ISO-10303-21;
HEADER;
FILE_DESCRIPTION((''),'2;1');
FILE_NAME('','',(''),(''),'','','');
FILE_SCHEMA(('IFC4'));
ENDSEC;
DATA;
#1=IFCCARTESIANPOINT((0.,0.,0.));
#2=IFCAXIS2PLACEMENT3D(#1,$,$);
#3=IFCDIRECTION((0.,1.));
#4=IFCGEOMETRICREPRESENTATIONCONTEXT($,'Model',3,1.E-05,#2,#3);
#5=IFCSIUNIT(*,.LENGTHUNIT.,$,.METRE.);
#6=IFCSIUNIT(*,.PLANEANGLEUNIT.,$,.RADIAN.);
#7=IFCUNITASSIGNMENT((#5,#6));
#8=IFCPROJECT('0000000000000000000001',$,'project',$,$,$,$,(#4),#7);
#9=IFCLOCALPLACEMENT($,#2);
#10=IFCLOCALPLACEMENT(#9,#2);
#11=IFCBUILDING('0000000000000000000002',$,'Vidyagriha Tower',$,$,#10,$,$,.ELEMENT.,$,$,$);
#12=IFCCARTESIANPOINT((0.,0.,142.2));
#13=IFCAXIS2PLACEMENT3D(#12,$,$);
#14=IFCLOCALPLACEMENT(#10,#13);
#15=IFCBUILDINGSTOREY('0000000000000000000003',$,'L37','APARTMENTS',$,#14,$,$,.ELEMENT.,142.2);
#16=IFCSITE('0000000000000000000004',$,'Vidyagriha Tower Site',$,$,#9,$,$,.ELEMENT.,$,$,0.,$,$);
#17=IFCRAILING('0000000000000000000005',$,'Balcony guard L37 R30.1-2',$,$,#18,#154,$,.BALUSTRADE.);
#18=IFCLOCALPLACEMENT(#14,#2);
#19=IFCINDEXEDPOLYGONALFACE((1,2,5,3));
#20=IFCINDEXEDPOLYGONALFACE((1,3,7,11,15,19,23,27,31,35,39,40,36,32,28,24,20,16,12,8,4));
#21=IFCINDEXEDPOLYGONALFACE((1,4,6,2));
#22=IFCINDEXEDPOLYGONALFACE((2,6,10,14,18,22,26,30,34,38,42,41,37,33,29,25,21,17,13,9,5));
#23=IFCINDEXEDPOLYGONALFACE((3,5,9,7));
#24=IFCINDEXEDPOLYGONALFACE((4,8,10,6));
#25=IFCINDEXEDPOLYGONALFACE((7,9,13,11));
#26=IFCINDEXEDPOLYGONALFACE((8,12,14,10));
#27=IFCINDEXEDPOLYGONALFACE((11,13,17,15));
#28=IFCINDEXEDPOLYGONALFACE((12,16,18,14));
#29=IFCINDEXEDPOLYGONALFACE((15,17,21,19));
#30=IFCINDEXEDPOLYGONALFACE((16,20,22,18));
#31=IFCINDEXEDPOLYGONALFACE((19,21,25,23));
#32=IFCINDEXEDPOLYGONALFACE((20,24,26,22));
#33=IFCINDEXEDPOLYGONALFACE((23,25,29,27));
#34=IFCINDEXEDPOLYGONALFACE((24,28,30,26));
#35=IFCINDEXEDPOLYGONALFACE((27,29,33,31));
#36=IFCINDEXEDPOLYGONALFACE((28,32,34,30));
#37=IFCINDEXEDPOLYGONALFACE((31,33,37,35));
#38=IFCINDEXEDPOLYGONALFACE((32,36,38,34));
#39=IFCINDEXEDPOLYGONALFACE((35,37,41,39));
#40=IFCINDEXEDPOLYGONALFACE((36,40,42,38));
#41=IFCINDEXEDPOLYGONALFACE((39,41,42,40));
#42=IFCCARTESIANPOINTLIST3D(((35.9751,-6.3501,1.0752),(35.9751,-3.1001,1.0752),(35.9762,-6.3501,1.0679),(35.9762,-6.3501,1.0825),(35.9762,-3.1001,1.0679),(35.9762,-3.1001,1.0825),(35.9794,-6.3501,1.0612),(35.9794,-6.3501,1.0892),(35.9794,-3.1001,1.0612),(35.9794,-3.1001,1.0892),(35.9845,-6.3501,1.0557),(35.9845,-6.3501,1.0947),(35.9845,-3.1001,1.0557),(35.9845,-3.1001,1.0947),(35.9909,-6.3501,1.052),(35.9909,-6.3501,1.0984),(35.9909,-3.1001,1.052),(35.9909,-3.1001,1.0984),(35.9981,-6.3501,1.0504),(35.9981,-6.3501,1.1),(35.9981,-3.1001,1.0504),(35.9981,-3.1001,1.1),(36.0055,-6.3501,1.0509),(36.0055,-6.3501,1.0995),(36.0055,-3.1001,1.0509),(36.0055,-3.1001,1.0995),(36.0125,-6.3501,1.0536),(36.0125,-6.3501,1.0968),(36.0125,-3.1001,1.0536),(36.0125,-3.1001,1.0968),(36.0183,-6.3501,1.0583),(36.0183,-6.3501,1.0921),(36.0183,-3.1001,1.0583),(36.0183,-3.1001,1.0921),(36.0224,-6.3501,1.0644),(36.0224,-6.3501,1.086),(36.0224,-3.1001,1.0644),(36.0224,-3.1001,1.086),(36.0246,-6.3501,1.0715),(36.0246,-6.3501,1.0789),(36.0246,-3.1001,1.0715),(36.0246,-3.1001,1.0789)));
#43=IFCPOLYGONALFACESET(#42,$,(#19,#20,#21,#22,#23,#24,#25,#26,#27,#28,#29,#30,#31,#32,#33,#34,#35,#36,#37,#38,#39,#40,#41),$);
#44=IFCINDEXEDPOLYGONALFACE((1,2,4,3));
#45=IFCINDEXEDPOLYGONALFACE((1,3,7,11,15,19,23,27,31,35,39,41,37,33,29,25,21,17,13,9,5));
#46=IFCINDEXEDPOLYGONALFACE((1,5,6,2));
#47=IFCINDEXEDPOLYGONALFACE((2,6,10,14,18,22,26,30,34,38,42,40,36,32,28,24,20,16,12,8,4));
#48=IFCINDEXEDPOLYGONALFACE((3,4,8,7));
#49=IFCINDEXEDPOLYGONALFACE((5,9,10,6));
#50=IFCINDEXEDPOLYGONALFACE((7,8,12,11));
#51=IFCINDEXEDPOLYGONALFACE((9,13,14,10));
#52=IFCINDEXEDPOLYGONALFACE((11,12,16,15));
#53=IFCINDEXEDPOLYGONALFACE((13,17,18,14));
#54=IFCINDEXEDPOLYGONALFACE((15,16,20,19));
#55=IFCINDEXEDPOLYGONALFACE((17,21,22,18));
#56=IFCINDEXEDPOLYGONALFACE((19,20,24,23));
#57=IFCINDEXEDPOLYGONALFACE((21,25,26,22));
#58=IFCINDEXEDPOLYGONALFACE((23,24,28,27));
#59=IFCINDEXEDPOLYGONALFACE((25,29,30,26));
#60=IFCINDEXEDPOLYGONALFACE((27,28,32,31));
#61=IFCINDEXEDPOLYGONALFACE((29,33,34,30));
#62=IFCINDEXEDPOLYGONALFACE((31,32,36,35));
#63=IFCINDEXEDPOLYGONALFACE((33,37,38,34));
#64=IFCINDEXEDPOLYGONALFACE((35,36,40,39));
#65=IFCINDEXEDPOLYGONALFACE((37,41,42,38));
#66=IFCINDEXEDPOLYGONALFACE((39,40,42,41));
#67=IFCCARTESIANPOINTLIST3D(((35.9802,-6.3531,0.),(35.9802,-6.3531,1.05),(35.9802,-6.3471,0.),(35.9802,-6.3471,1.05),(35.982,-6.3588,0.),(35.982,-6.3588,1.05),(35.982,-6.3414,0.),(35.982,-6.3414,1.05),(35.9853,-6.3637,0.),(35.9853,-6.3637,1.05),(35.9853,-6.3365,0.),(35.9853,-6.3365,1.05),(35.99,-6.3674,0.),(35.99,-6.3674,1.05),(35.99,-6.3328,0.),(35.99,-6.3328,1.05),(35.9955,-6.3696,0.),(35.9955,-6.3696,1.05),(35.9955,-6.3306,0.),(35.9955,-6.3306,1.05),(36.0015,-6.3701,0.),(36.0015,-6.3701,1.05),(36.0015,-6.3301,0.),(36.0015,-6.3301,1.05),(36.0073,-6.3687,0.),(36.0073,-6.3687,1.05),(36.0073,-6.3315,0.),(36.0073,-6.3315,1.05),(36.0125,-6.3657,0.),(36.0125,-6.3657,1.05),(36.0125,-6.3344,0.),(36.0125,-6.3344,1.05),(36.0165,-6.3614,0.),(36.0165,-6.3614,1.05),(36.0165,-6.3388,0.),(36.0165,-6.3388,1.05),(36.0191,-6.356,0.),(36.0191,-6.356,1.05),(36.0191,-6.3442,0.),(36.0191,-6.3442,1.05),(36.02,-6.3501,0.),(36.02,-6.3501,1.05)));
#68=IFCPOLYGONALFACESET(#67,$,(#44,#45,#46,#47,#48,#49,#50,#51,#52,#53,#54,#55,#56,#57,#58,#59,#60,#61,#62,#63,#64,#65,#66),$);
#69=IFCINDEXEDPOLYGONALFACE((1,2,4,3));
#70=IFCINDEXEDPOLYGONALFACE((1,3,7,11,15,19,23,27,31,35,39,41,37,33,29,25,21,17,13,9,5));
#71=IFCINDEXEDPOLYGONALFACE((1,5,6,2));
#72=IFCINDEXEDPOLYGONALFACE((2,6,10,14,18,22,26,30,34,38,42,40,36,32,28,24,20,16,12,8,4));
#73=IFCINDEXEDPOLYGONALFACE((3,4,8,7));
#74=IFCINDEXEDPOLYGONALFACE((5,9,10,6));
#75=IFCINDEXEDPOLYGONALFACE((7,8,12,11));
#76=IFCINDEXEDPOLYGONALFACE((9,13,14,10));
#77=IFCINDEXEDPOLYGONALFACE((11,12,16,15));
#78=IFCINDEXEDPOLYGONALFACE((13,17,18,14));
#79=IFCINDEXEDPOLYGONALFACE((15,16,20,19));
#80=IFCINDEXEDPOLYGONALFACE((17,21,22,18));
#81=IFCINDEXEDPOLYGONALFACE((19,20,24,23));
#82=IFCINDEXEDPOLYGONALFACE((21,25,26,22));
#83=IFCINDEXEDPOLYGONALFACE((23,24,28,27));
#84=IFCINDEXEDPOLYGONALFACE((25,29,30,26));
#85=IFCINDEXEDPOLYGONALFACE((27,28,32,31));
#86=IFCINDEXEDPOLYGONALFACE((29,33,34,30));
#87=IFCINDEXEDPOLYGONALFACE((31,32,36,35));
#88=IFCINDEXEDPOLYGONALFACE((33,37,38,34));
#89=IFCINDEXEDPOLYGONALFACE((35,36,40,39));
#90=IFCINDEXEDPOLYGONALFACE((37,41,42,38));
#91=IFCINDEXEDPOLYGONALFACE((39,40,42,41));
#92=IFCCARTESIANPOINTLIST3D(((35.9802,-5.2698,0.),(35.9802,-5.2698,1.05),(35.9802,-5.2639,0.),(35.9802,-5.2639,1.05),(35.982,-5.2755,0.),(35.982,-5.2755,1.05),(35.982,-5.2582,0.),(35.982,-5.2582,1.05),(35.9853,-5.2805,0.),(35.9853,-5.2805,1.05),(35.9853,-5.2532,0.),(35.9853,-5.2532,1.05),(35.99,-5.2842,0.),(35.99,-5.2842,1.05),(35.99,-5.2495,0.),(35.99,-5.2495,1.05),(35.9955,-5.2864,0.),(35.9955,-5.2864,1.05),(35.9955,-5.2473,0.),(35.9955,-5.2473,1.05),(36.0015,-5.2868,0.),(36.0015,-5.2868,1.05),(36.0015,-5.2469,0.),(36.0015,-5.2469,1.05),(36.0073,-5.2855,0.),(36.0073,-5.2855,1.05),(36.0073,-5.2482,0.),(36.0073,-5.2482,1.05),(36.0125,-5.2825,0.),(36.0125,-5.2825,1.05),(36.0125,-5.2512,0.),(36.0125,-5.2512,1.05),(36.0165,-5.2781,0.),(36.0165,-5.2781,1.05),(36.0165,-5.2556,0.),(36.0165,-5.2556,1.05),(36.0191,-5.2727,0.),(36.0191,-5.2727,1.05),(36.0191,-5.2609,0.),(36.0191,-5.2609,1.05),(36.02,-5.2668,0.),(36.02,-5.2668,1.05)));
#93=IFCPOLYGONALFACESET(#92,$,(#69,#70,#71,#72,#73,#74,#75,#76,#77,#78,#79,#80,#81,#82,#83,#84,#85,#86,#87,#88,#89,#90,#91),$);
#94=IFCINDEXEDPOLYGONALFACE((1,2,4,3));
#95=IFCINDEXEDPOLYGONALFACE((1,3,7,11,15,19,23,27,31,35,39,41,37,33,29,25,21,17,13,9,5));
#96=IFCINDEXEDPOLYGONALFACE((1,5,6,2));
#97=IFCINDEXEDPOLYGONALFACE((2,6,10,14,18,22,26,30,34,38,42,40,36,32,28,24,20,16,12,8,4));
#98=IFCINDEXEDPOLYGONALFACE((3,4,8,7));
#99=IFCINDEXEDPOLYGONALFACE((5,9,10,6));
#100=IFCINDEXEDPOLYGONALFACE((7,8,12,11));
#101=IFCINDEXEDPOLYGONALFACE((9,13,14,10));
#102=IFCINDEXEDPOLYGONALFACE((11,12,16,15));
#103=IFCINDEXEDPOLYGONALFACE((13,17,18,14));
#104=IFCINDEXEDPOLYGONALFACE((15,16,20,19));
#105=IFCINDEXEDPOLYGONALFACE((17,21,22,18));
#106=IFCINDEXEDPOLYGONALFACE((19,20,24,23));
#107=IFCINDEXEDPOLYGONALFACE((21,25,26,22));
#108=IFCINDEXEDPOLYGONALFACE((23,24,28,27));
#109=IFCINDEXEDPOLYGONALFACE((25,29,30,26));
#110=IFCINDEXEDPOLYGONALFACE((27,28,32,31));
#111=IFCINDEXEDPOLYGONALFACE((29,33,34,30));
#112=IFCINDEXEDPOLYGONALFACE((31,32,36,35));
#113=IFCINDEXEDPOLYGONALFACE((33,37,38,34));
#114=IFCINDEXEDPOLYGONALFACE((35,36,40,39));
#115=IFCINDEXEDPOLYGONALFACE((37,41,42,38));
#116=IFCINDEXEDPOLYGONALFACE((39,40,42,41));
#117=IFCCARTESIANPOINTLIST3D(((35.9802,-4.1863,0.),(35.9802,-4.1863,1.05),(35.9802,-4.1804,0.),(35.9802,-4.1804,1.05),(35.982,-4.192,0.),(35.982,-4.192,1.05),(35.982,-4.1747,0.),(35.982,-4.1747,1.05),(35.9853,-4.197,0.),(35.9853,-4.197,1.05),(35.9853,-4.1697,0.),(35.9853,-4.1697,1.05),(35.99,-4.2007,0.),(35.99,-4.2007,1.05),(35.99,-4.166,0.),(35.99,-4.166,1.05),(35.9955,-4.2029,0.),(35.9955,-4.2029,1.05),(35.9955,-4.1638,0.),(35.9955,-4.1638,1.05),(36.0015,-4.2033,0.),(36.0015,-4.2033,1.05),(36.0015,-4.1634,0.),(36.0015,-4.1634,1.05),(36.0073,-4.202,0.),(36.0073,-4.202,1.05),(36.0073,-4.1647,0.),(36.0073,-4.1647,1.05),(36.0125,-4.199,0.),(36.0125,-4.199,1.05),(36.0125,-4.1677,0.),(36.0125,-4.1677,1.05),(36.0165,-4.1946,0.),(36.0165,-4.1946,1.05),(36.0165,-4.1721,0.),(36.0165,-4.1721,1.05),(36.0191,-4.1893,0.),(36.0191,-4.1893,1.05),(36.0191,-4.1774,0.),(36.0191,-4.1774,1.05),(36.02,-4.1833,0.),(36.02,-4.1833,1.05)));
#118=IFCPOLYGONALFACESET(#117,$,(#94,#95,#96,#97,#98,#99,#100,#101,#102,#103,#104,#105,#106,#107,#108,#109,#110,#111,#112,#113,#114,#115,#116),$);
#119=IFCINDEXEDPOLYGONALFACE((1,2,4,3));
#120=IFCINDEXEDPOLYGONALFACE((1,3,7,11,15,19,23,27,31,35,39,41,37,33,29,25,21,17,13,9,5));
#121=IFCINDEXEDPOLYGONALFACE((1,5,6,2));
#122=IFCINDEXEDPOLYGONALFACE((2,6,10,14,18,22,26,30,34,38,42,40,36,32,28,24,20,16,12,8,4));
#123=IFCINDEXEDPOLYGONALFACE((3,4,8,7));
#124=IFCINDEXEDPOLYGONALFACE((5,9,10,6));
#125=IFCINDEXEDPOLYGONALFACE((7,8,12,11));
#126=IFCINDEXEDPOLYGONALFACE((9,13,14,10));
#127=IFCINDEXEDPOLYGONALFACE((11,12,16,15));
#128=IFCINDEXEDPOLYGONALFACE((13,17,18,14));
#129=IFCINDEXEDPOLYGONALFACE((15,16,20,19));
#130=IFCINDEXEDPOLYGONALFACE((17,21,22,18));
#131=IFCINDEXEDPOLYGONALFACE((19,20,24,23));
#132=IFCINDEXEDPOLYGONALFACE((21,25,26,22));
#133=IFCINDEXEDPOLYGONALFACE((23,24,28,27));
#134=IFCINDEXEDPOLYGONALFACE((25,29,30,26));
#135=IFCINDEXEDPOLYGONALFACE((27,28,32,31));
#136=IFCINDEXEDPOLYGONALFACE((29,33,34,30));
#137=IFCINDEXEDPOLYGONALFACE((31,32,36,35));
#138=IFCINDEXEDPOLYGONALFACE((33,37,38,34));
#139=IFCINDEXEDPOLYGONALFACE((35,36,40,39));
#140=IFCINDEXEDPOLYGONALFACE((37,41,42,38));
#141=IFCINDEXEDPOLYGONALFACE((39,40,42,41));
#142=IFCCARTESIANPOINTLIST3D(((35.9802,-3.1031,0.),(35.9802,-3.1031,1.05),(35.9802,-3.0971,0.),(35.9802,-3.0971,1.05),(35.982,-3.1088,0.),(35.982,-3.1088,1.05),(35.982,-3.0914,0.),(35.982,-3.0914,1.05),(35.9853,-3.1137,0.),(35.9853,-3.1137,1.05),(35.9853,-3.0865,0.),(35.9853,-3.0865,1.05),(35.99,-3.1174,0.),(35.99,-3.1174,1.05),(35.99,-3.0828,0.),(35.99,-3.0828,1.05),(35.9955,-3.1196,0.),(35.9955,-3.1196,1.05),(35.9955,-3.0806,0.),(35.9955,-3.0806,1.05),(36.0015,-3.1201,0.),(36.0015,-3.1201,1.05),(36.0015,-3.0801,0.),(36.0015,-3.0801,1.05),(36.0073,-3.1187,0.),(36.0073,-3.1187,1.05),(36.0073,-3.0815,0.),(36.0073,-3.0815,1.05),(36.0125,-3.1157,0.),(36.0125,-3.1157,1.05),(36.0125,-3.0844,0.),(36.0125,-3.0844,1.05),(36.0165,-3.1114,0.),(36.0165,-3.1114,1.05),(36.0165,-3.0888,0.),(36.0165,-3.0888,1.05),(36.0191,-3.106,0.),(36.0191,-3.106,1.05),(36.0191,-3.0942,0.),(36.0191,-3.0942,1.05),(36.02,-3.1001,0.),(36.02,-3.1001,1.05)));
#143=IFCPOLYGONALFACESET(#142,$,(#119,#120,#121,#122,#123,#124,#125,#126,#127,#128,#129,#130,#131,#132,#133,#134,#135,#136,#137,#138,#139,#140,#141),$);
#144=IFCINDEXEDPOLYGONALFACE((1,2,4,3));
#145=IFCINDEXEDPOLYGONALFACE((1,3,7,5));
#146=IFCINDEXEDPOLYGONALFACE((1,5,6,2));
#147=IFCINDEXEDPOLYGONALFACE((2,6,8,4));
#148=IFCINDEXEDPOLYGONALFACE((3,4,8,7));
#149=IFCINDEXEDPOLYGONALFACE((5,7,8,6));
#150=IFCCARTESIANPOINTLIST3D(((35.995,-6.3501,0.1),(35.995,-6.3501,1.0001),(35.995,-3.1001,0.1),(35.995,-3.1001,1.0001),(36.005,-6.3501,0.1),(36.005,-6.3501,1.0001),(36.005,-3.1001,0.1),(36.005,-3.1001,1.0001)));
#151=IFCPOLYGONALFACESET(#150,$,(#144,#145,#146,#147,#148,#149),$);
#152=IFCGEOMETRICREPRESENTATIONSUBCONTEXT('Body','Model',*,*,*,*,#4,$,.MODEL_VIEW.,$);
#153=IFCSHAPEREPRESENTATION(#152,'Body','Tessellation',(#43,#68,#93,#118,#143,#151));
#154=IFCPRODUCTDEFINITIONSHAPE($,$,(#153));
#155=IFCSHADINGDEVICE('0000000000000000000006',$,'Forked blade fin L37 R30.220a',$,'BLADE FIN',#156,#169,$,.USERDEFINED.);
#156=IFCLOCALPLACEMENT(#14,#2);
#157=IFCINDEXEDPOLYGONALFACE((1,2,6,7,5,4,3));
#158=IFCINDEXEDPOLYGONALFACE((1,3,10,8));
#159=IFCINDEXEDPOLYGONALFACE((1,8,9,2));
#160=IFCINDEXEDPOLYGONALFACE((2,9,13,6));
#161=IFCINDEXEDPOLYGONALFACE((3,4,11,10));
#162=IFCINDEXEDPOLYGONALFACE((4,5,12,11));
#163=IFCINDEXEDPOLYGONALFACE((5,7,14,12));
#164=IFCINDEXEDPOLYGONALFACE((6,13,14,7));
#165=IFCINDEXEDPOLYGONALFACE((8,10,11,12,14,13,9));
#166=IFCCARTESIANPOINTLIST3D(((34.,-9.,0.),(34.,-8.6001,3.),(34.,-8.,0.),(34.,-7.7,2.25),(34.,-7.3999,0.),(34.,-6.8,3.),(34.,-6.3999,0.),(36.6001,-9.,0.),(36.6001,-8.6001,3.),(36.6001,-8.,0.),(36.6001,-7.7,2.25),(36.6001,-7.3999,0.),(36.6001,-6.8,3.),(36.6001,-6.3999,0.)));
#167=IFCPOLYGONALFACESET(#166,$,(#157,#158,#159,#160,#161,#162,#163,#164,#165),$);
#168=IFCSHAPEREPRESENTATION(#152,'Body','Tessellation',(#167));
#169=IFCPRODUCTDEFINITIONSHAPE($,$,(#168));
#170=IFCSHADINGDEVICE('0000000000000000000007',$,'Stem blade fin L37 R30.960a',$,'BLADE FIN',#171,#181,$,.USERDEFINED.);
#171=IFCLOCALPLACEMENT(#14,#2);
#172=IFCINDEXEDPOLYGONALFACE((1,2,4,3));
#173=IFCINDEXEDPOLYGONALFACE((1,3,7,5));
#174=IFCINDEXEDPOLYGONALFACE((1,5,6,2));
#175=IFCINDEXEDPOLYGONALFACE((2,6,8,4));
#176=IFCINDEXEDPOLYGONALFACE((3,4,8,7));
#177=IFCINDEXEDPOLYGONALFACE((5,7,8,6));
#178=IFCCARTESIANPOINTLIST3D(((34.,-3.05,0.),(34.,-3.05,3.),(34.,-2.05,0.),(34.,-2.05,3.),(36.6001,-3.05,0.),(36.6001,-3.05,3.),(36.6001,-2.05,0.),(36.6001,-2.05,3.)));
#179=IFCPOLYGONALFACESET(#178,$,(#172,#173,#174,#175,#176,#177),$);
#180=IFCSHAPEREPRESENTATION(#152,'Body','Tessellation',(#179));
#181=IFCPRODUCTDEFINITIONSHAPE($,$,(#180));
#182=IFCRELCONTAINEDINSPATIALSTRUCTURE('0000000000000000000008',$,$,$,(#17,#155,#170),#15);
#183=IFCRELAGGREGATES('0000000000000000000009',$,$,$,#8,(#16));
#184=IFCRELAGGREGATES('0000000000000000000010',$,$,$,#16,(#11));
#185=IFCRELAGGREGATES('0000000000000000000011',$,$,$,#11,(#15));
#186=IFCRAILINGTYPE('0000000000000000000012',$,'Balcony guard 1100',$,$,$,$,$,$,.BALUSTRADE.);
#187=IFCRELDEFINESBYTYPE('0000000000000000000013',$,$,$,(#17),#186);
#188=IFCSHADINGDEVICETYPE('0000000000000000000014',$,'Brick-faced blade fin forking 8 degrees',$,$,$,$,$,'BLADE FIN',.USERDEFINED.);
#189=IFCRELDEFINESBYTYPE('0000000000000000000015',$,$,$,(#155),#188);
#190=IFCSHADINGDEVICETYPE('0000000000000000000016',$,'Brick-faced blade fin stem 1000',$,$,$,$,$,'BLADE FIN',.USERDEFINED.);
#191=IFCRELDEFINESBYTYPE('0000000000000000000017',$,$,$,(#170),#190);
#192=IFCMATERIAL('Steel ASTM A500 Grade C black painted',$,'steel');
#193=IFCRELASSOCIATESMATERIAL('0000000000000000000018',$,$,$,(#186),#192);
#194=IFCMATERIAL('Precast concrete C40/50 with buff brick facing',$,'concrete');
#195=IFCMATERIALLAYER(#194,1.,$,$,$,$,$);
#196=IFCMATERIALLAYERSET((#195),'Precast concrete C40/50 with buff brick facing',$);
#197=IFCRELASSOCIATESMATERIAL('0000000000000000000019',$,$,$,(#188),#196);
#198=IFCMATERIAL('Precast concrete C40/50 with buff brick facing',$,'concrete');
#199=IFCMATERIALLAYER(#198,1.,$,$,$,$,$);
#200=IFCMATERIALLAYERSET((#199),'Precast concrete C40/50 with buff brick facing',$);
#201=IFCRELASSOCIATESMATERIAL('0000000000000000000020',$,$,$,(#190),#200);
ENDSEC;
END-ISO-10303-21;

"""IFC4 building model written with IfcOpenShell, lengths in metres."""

from ifc_helpers import new_model, si_unit, direction, frame, origin, origin_2d, place, context, subcontext, project, spatial, polyline, rectangle, circle, outline, extrude, material, layer, layer_set, type_object, element, save


model = new_model("IFC4")

# Units and contexts
model_context = context("Model", 3, precision=1e-05, world=origin(), true_north=direction((0.0, 1.0)))
body_context = subcontext(model_context, "Body", "Model", "MODEL_VIEW")
ifc_project = project(units=[si_unit("LENGTHUNIT", "METRE"), si_unit("PLANEANGLEUNIT", "RADIAN")], contexts=[model_context])

# Site, building, storey
site_placement = place(None, origin())
site = spatial("IfcSite", under=ifc_project, at=site_placement, Name="Vidyagriha Tower Site", CompositionType="ELEMENT", RefElevation=0.0)
building_placement = place(site_placement, origin())
building = spatial("IfcBuilding", under=site, at=building_placement, Name="Vidyagriha Tower", CompositionType="ELEMENT")
storey_placement = place(building_placement, frame((0.0, 0.0, 142.2)))
storey = spatial("IfcBuildingStorey", under=building, at=storey_placement, Name="L37", Description="APARTMENTS", CompositionType="ELEMENT", Elevation=142.2)

# Railing
ifc_material_1 = material(Name="Steel ASTM A500 Grade C black painted", Category="steel")
railing_type = type_object("IfcRailingType", Name="Balcony guard 1100", PredefinedType="BALUSTRADE", material=ifc_material_1)
railing_1_placement = place(storey_placement, frame((36.0, -6.3501, 0.0)))
element("IfcRailing", 1, at=railing_1_placement, inside=storey, type_object=railing_type, Name="Balcony guard L37 R30.1-2", PredefinedType="BALUSTRADE", context=body_context, shape_type="SweptSolid", body=[
    extrude(circle(Radius=0.0249, at=origin_2d()), frame((0.0, 0.0, 1.0752), z_axis=(0.0, 1.0, 0.0), x_axis=(-1.0, 0.0, 0.0)), (0.0, 0.0, 1.0), 3.25),
    extrude(circle(Radius=0.02, at=origin_2d()), origin(), (0.0, 0.0, 1.0), 1.05),
    extrude(circle(Radius=0.02, at=origin_2d()), frame((0.0, 1.0833, 0.0)), (0.0, 0.0, 1.0), 1.05),
    extrude(circle(Radius=0.02, at=origin_2d()), frame((0.0, 2.1667, 0.0)), (0.0, 0.0, 1.0), 1.05),
    extrude(circle(Radius=0.02, at=origin_2d()), frame((0.0, 3.25, 0.0)), (0.0, 0.0, 1.0), 1.05),
    extrude(rectangle(XDim=0.01, YDim=0.9001, at=origin_2d()), frame((0.0, 0.0, 0.55), z_axis=(0.0, 1.0, 0.0), x_axis=(-1.0, 0.0, 0.0)), (0.0, 0.0, 1.0), 3.25),
])

# Shading devices
ifc_material_2 = material(Name="Precast concrete C40/50 with buff brick facing", Category="concrete")
ifc_layer_1 = layer(ifc_material_2, 1.0)
ifc_layer_set_1 = layer_set([ifc_layer_1], Name="Precast concrete C40/50 with buff brick facing")
shading_device_type_1 = type_object("IfcShadingDeviceType", Name="Brick-faced blade fin forking 8 degrees", ElementType="BLADE FIN", PredefinedType="USERDEFINED", material=ifc_layer_set_1)
shading_device_1_placement = place(storey_placement, frame((35.3, -9.0, 0.0), z_axis=(0.0, 0.0, 1.0), x_axis=(0.0, 1.0, 0.0)))
element("IfcShadingDevice", 2, at=shading_device_1_placement, inside=storey, type_object=shading_device_type_1, Name="Forked blade fin L37 R30.220a", ObjectType="BLADE FIN", PredefinedType="USERDEFINED", context=body_context, shape_type="SweptSolid", body=[
    extrude(outline(polyline([(1.0, 0.0), (1.3, 2.25), (1.6001, 0.0), (2.6001, 0.0), (2.2, 3.0), (0.3999, 3.0), (0.0, 0.0), (1.0, 0.0)])), frame((0.0, 1.3, 0.0), z_axis=(0.0, -1.0, 0.0), x_axis=(1.0, 0.0, 0.0)), (0.0, 0.0, 1.0), 2.6001),
])
ifc_material_3 = material(Name="Precast concrete C40/50 with buff brick facing", Category="concrete")
ifc_layer_2 = layer(ifc_material_3, 1.0)
ifc_layer_set_2 = layer_set([ifc_layer_2], Name="Precast concrete C40/50 with buff brick facing")
shading_device_type_2 = type_object("IfcShadingDeviceType", Name="Brick-faced blade fin stem 1000", ElementType="BLADE FIN", PredefinedType="USERDEFINED", material=ifc_layer_set_2)
shading_device_2_placement = place(storey_placement, frame((35.3, -3.05, 0.0), z_axis=(0.0, 0.0, 1.0), x_axis=(0.0, 1.0, 0.0)))
element("IfcShadingDevice", 3, at=shading_device_2_placement, inside=storey, type_object=shading_device_type_2, Name="Stem blade fin L37 R30.960a", ObjectType="BLADE FIN", PredefinedType="USERDEFINED", context=body_context, shape_type="SweptSolid", body=[
    extrude(outline(polyline([(0.0, 0.0), (1.0, 0.0), (1.0, 3.0), (0.0, 3.0), (0.0, 0.0)])), frame((0.0, 1.3, 0.0), z_axis=(0.0, -1.0, 0.0), x_axis=(1.0, 0.0, 0.0)), (0.0, 0.0, 1.0), 2.6001),
])

save(model, "model.ifc")
